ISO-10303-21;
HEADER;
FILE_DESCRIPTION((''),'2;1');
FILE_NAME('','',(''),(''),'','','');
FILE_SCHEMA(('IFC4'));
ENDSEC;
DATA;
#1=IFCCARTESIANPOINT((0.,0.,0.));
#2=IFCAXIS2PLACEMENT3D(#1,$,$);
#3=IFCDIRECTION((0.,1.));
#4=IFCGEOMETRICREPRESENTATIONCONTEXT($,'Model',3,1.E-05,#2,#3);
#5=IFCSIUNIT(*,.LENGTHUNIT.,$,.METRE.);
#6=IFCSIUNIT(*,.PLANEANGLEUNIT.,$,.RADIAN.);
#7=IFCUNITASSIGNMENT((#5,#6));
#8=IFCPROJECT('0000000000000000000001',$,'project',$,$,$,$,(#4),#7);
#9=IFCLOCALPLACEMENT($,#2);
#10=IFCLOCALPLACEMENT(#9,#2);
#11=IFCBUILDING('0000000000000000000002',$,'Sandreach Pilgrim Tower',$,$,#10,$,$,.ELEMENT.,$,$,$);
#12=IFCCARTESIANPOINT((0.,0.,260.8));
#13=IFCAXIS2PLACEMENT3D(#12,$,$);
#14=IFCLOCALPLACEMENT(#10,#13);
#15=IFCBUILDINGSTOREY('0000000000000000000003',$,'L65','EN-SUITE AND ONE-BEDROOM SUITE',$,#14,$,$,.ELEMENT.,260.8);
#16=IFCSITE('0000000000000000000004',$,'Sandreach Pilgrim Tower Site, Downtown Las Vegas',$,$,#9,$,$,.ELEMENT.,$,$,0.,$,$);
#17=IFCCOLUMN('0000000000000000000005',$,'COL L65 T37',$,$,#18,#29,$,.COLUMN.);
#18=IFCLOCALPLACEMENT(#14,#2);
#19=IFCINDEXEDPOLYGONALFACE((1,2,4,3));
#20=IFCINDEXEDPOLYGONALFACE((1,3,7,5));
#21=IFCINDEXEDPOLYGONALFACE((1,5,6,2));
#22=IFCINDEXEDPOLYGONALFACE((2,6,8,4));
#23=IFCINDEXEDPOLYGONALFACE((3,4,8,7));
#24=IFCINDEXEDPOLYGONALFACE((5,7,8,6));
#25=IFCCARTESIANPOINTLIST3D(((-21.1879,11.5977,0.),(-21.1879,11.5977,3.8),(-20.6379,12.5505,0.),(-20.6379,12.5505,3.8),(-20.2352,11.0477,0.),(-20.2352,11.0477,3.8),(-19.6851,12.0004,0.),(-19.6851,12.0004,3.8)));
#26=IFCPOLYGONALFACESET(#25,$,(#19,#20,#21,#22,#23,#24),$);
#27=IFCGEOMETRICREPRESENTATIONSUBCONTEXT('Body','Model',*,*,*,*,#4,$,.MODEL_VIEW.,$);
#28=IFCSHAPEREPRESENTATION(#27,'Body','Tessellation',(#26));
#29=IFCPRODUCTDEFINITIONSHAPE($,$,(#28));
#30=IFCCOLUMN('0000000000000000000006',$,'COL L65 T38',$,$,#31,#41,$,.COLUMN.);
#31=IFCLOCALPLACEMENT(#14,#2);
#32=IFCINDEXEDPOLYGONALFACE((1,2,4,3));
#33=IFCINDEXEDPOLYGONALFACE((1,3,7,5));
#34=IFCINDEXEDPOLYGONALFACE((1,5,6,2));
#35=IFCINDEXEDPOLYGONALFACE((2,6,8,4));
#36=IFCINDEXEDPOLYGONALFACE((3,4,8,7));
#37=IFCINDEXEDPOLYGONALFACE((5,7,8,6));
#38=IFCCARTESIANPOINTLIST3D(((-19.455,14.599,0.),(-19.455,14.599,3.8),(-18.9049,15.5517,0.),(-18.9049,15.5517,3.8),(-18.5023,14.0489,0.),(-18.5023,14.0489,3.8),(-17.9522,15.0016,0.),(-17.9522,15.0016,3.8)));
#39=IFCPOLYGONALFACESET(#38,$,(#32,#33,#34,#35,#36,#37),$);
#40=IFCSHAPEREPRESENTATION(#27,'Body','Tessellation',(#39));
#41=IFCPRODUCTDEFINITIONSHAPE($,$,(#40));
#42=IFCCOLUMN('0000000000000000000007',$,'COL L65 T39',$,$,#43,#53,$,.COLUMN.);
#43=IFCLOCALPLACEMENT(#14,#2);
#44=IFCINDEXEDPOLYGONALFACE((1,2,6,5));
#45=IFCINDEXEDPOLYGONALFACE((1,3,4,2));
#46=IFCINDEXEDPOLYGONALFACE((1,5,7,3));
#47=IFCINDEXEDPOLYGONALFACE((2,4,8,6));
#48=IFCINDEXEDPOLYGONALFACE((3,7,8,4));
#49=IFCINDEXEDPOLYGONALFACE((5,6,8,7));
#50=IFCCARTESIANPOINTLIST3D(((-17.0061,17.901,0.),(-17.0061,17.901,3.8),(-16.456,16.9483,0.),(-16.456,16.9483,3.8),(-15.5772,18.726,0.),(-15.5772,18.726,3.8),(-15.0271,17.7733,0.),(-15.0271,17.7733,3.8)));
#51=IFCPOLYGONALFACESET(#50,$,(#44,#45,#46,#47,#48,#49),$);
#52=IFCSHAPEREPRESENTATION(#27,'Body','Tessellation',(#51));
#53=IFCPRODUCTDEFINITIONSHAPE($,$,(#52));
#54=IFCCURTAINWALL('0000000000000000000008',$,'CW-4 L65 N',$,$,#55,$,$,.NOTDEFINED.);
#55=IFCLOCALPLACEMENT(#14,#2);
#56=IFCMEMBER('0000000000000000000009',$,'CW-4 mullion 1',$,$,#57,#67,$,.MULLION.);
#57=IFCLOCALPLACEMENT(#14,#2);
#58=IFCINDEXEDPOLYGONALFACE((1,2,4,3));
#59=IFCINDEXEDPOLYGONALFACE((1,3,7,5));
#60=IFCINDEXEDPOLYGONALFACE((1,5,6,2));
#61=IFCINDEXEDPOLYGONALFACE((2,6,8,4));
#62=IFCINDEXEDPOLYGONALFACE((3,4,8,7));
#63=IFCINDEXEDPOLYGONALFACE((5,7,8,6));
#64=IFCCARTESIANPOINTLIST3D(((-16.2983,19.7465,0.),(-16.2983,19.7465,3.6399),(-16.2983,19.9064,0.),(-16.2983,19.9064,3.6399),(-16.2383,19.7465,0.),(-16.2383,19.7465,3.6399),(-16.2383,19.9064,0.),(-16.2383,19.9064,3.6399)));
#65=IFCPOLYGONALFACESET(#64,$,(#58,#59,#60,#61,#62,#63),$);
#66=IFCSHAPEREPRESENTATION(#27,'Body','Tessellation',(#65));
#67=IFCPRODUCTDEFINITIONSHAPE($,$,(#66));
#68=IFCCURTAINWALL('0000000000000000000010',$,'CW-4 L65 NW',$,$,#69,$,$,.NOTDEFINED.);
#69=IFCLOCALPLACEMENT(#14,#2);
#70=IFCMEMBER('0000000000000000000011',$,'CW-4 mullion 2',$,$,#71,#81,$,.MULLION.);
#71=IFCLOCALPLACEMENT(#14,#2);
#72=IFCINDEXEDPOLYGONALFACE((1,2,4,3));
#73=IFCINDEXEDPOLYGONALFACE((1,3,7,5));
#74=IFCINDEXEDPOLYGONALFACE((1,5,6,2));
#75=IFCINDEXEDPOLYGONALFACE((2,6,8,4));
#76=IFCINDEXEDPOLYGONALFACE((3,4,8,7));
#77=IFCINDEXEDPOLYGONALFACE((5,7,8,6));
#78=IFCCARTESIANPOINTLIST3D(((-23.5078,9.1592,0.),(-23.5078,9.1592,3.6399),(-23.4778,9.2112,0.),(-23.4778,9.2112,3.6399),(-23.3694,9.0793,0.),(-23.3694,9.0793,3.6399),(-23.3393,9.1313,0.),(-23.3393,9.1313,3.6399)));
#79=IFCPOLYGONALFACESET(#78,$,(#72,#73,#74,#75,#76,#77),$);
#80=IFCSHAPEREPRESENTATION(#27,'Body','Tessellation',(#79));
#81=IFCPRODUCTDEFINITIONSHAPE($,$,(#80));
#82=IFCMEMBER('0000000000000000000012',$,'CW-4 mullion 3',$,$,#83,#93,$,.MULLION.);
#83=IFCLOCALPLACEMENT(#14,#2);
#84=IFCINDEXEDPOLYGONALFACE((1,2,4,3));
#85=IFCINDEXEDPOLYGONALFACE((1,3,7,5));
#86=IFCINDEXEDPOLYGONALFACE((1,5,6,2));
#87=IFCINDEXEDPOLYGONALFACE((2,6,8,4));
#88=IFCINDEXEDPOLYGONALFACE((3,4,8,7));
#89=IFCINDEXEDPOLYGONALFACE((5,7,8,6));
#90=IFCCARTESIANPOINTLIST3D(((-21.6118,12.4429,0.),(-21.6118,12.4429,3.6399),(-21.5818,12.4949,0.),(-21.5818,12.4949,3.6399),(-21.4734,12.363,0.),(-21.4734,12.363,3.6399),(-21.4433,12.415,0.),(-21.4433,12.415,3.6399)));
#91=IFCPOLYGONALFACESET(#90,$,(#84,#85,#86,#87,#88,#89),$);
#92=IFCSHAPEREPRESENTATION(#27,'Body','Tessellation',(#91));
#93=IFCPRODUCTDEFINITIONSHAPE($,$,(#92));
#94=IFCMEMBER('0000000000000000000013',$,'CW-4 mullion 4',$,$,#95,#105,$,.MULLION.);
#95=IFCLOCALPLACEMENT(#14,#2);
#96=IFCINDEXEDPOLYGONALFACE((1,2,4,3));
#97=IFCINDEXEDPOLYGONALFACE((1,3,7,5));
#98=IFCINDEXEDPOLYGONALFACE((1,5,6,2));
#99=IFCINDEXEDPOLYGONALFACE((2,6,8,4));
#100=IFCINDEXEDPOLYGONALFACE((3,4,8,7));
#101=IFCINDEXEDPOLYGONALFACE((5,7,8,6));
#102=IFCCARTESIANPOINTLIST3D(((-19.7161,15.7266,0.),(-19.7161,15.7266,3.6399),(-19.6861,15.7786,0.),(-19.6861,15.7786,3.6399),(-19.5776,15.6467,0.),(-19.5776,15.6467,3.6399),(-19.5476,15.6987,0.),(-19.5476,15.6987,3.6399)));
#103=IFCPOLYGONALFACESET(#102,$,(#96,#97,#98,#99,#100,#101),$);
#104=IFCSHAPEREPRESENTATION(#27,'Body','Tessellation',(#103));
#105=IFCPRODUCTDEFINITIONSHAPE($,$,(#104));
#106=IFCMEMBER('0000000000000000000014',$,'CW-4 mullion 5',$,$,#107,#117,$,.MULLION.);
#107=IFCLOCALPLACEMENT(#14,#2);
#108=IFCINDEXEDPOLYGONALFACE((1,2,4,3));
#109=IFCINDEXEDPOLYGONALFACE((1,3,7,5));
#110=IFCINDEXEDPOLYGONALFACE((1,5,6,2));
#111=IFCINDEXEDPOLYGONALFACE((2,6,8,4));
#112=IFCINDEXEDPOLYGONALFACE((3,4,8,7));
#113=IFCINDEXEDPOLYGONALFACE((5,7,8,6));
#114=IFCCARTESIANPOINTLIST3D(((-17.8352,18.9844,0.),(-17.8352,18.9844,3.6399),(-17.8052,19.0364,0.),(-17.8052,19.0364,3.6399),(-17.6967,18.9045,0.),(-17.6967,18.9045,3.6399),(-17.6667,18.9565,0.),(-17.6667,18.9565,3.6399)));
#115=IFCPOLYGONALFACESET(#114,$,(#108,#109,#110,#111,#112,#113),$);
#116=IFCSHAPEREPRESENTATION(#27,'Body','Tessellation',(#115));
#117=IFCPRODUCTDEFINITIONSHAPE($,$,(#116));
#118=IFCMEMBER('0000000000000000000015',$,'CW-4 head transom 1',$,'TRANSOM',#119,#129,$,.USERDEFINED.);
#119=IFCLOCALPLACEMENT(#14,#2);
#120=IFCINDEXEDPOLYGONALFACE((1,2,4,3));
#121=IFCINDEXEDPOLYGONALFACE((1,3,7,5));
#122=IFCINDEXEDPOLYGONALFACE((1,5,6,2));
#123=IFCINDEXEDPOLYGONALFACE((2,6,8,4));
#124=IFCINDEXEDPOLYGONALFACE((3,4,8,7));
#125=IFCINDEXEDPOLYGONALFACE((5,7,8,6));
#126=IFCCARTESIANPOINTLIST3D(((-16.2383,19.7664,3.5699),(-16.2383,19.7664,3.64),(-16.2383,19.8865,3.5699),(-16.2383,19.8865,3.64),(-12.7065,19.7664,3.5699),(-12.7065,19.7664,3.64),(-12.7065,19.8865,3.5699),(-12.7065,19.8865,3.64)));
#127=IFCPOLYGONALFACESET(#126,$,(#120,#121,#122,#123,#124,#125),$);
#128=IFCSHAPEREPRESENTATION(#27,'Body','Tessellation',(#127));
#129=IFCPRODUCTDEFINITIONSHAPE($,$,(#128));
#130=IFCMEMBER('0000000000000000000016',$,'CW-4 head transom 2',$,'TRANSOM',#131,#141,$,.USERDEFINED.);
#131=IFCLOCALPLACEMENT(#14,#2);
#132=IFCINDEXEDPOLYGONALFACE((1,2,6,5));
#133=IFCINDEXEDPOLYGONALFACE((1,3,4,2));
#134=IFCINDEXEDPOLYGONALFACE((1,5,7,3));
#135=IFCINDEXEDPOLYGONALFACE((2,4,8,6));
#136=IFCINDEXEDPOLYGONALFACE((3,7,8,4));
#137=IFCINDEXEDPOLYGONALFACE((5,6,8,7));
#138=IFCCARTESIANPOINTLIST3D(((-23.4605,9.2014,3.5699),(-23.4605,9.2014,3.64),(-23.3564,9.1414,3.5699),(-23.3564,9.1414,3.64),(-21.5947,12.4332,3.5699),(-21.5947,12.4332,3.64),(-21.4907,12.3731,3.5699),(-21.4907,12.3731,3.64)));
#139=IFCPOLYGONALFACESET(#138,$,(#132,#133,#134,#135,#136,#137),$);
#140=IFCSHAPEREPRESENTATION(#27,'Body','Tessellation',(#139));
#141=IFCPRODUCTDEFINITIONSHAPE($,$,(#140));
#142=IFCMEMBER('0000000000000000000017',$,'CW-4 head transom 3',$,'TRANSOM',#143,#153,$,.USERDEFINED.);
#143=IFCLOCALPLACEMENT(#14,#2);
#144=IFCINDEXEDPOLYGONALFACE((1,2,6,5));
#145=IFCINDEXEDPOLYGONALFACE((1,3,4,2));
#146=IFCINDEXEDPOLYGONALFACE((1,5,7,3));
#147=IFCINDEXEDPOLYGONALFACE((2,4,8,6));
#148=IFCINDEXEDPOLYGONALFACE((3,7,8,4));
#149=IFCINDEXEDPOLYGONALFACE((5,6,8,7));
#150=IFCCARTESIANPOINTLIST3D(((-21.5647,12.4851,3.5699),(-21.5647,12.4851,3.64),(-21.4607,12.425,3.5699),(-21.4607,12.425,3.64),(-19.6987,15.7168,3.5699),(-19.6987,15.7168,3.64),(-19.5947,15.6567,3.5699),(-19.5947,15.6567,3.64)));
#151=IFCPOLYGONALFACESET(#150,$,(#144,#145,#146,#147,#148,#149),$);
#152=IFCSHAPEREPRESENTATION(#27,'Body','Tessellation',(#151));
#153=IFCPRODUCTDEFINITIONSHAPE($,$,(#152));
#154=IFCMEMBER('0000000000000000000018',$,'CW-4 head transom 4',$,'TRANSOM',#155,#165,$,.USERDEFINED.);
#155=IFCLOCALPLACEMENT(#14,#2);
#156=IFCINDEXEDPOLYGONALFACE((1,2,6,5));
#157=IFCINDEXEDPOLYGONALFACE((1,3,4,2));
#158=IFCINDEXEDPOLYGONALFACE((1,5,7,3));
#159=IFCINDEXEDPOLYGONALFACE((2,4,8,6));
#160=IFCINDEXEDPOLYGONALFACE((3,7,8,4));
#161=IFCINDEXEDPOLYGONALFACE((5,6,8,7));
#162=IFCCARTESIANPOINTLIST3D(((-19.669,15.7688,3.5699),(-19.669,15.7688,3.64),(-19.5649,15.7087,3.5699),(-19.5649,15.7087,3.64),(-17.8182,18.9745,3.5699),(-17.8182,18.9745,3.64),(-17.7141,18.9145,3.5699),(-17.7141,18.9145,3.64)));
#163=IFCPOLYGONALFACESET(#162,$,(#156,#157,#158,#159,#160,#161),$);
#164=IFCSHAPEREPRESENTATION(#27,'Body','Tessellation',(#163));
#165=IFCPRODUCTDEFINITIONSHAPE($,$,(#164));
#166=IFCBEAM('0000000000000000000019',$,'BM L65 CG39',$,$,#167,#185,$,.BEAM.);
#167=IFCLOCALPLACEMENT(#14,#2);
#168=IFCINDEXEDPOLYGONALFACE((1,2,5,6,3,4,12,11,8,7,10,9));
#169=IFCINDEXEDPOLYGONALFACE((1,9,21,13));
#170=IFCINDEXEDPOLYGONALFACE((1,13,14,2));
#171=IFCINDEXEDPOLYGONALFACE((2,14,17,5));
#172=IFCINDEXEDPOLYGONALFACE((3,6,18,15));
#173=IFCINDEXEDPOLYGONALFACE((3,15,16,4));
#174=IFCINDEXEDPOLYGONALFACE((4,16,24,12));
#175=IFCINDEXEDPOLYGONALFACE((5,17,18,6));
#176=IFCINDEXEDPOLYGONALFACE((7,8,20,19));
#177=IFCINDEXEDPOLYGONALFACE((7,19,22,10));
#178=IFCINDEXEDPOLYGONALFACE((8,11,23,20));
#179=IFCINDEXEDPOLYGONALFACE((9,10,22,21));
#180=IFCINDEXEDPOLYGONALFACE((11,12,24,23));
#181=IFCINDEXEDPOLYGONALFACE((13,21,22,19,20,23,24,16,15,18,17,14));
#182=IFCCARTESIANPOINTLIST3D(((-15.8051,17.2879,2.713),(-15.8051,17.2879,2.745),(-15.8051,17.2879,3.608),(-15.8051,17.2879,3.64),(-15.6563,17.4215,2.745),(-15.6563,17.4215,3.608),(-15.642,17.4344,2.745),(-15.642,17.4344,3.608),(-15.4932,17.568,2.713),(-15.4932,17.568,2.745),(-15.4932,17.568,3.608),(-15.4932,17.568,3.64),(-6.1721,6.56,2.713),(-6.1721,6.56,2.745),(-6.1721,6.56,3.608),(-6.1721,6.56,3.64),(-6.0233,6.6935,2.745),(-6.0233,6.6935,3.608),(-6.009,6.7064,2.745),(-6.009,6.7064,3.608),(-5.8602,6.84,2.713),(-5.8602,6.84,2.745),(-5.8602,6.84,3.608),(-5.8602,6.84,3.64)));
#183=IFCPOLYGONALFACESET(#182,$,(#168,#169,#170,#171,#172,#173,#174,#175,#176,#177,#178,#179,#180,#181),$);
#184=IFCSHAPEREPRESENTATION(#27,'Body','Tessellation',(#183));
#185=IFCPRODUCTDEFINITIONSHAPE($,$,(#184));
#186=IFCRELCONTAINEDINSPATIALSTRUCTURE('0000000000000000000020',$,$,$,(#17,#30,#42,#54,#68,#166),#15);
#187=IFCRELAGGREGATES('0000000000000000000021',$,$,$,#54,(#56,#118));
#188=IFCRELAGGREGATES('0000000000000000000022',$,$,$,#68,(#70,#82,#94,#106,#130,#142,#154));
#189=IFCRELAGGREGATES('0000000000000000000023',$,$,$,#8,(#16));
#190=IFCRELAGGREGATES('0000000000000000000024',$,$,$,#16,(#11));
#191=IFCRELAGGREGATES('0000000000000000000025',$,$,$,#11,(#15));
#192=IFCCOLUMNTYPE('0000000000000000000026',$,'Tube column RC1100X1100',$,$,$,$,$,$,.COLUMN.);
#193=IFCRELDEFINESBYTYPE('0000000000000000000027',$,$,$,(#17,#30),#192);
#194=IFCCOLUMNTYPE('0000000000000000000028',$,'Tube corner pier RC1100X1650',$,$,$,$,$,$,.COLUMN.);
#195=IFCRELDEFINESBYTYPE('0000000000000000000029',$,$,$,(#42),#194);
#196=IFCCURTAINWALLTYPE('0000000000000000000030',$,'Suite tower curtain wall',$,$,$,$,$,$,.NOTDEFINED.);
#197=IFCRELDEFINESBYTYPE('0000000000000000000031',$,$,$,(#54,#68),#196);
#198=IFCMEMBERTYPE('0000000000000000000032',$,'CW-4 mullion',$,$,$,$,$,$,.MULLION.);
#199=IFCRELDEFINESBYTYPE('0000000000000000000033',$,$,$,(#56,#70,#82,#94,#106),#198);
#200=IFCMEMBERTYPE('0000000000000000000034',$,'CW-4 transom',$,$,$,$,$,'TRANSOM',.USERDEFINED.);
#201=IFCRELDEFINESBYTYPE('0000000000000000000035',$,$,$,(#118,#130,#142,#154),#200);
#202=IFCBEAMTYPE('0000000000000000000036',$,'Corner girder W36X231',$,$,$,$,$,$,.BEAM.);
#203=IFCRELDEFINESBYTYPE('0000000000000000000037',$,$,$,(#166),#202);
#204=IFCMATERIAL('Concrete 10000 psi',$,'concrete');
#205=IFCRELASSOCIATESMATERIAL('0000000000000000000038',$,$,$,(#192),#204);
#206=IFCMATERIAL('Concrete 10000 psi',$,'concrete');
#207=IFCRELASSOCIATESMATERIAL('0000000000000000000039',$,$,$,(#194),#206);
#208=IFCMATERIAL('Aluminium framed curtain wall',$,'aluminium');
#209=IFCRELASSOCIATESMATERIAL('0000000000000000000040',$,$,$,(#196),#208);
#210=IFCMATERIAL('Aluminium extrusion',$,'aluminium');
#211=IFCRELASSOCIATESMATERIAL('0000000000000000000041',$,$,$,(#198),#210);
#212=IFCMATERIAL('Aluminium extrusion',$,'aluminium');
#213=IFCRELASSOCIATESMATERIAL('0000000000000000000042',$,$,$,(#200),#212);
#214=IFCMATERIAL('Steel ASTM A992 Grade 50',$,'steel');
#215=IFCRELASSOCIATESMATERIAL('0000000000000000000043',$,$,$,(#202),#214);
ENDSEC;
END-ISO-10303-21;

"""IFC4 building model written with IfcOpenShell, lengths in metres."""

from ifc_helpers import new_model, si_unit, direction, frame, origin, origin_2d, place, context, subcontext, project, spatial, rectangle, i_section, extrude, material, material_profile, profile_set, type_object, element, aggregate, save


model = new_model("IFC4")

# Units and contexts
model_context = context("Model", 3, precision=1e-05, world=origin(), true_north=direction((0.0, 1.0)))
body_context = subcontext(model_context, "Body", "Model", "MODEL_VIEW")
ifc_project = project(units=[si_unit("LENGTHUNIT", "METRE"), si_unit("PLANEANGLEUNIT", "RADIAN")], contexts=[model_context])

# Site, building, storey
site_placement = place(None, origin())
site = spatial("IfcSite", under=ifc_project, at=site_placement, Name="Sandreach Pilgrim Tower Site, Downtown Las Vegas", CompositionType="ELEMENT", RefElevation=0.0)
building_placement = place(site_placement, origin())
building = spatial("IfcBuilding", under=site, at=building_placement, Name="Sandreach Pilgrim Tower", CompositionType="ELEMENT")
storey_placement = place(building_placement, frame((0.0, 0.0, 260.8)))
storey = spatial("IfcBuildingStorey", under=building, at=storey_placement, Name="L65", Description="EN-SUITE AND ONE-BEDROOM SUITE", CompositionType="ELEMENT", Elevation=260.8)

# Columns
ifc_material_1 = material(Name="Concrete 10000 psi", Category="concrete")
ifc_material_profile_1 = material_profile(ifc_material_1, rectangle(XDim=1.1001, YDim=1.1001, at=origin_2d()), Name="RC1100X1100")
ifc_profile_set_1 = profile_set([ifc_material_profile_1], Name="Concrete 10000 psi")
column_type_1 = type_object("IfcColumnType", Name="Tube column RC1100X1100", PredefinedType="COLUMN", material=ifc_profile_set_1)
for number, where, z_axis, x_axis, name in (
    (1, (-20.4365, 11.7991, 0.0), (0.0, 0.0, 1.0), (-0.866025, 0.5, 0.0), "COL L65 T37"),
    (2, (-18.7036, 14.8003, 0.0), (0.0, 0.0, 1.0), (-0.866025, 0.5, 0.0), "COL L65 T38"),
):
    element("IfcColumn", number, at=place(storey_placement, frame(where, z_axis=z_axis, x_axis=x_axis)), inside=storey, type_object=column_type_1, Name=name, PredefinedType="COLUMN", context=body_context, shape_type="SweptSolid", body=[
        extrude(rectangle(XDim=1.1001, YDim=1.1001, at=origin_2d()), origin(), (0.0, 0.0, 1.0), 3.8),
    ])
ifc_material_2 = material(Name="Concrete 10000 psi", Category="concrete")
ifc_material_profile_2 = material_profile(ifc_material_2, rectangle(XDim=1.1001, YDim=1.6499, at=origin_2d()), Name="RC1100X1650")
ifc_profile_set_2 = profile_set([ifc_material_profile_2], Name="Concrete 10000 psi")
column_type_2 = type_object("IfcColumnType", Name="Tube corner pier RC1100X1650", PredefinedType="COLUMN", material=ifc_profile_set_2)
column_placement = place(storey_placement, frame((-16.0166, 17.8372, 0.0), z_axis=(0.0, 0.0, 1.0), x_axis=(-0.5, 0.866025, 0.0)))
element("IfcColumn", 3, at=column_placement, inside=storey, type_object=column_type_2, Name="COL L65 T39", PredefinedType="COLUMN", context=body_context, shape_type="SweptSolid", body=[
    extrude(rectangle(XDim=1.1001, YDim=1.6499, at=origin_2d()), origin(), (0.0, 0.0, 1.0), 3.8),
])

# Curtain wall, member
ifc_material_3 = material(Name="Aluminium framed curtain wall", Category="aluminium")
curtain_wall_type = type_object("IfcCurtainWallType", Name="Suite tower curtain wall", PredefinedType="NOTDEFINED", material=ifc_material_3)
curtain_wall_1_placement = place(storey_placement, origin())
curtain_wall_1 = element("IfcCurtainWall", 4, at=curtain_wall_1_placement, inside=storey, type_object=curtain_wall_type, Name="CW-4 L65 N", PredefinedType="NOTDEFINED")
ifc_material_4 = material(Name="Aluminium extrusion", Category="aluminium")
ifc_material_profile_3 = material_profile(ifc_material_4, rectangle(XDim=0.0601, YDim=0.1599, at=origin_2d()), Name="CW-4M 60X160")
ifc_profile_set_3 = profile_set([ifc_material_profile_3], Name="Aluminium extrusion")
member_type_1 = type_object("IfcMemberType", Name="CW-4 mullion", PredefinedType="MULLION", material=ifc_profile_set_3)
member_1_placement = place(storey_placement, frame((-16.2683, 19.8264, 0.0), z_axis=(0.0, 0.0, 1.0), x_axis=(1.0, 0.0, 0.0)))
member_1 = element("IfcMember", 5, at=member_1_placement, type_object=member_type_1, Name="CW-4 mullion 1", PredefinedType="MULLION", context=body_context, shape_type="SweptSolid", body=[
    extrude(rectangle(XDim=0.0601, YDim=0.1599, at=origin_2d()), origin(), (0.0, 0.0, 1.0), 3.6399),
])

# Curtain wall, members
curtain_wall_2_placement = place(storey_placement, origin())
curtain_wall_2 = element("IfcCurtainWall", 6, at=curtain_wall_2_placement, inside=storey, type_object=curtain_wall_type, Name="CW-4 L65 NW", PredefinedType="NOTDEFINED")
member_2_placement = place(storey_placement, frame((-23.4236, 9.1453, 0.0), z_axis=(0.0, 0.0, 1.0), x_axis=(0.5, 0.866025, 0.0)))
member_2 = element("IfcMember", 7, at=member_2_placement, type_object=member_type_1, Name="CW-4 mullion 2", PredefinedType="MULLION", context=body_context, shape_type="SweptSolid", body=[
    extrude(rectangle(XDim=0.0601, YDim=0.1599, at=origin_2d()), origin(), (0.0, 0.0, 1.0), 3.6399),
])
member_3_placement = place(storey_placement, frame((-21.5276, 12.429, 0.0), z_axis=(0.0, 0.0, 1.0), x_axis=(0.5, 0.866025, 0.0)))
member_3 = element("IfcMember", 8, at=member_3_placement, type_object=member_type_1, Name="CW-4 mullion 3", PredefinedType="MULLION", context=body_context, shape_type="SweptSolid", body=[
    extrude(rectangle(XDim=0.0601, YDim=0.1599, at=origin_2d()), origin(), (0.0, 0.0, 1.0), 3.6399),
])
member_4_placement = place(storey_placement, frame((-19.6318, 15.7126, 0.0), z_axis=(0.0, 0.0, 1.0), x_axis=(0.5, 0.866025, 0.0)))
member_4 = element("IfcMember", 9, at=member_4_placement, type_object=member_type_1, Name="CW-4 mullion 4", PredefinedType="MULLION", context=body_context, shape_type="SweptSolid", body=[
    extrude(rectangle(XDim=0.0601, YDim=0.1599, at=origin_2d()), origin(), (0.0, 0.0, 1.0), 3.6399),
])
member_5_placement = place(storey_placement, frame((-17.751, 18.9705, 0.0), z_axis=(0.0, 0.0, 1.0), x_axis=(0.5, 0.866025, 0.0)))
member_5 = element("IfcMember", 10, at=member_5_placement, type_object=member_type_1, Name="CW-4 mullion 5", PredefinedType="MULLION", context=body_context, shape_type="SweptSolid", body=[
    extrude(rectangle(XDim=0.0601, YDim=0.1599, at=origin_2d()), origin(), (0.0, 0.0, 1.0), 3.6399),
])

# Members
ifc_material_5 = material(Name="Aluminium extrusion", Category="aluminium")
ifc_material_profile_4 = material_profile(ifc_material_5, rectangle(XDim=0.1201, YDim=0.0701, at=origin_2d()), Name="CW-4T 120X70")
ifc_profile_set_4 = profile_set([ifc_material_profile_4], Name="Aluminium extrusion")
member_type_2 = type_object("IfcMemberType", Name="CW-4 transom", ElementType="TRANSOM", PredefinedType="USERDEFINED", material=ifc_profile_set_4)
member_6_placement = place(storey_placement, frame((-16.2383, 19.8264, 3.605), z_axis=(1.0, 0.0, 0.0), x_axis=(0.0, 1.0, 0.0)))
member_6 = element("IfcMember", 11, at=member_6_placement, type_object=member_type_2, Name="CW-4 head transom 1", ObjectType="TRANSOM", PredefinedType="USERDEFINED", context=body_context, shape_type="SweptSolid", body=[
    extrude(rectangle(XDim=0.1201, YDim=0.0701, at=origin_2d()), origin(), (0.0, 0.0, 1.0), 3.5317),
])
member_7_placement = place(storey_placement, frame((-23.4084, 9.1714, 3.605), z_axis=(0.499981, 0.866036, 0.0), x_axis=(-0.866036, 0.499981, 0.0)))
member_7 = element("IfcMember", 12, at=member_7_placement, type_object=member_type_2, Name="CW-4 head transom 2", ObjectType="TRANSOM", PredefinedType="USERDEFINED", context=body_context, shape_type="SweptSolid", body=[
    extrude(rectangle(XDim=0.1201, YDim=0.0701, at=origin_2d()), origin(), (0.0, 0.0, 1.0), 3.7317),
])
member_8_placement = place(storey_placement, frame((-21.5127, 12.4551, 3.605), z_axis=(0.50003, 0.866008, 0.0), x_axis=(-0.866008, 0.50003, 0.0)))
member_8 = element("IfcMember", 13, at=member_8_placement, type_object=member_type_2, Name="CW-4 head transom 3", ObjectType="TRANSOM", PredefinedType="USERDEFINED", context=body_context, shape_type="SweptSolid", body=[
    extrude(rectangle(XDim=0.1201, YDim=0.0701, at=origin_2d()), origin(), (0.0, 0.0, 1.0), 3.7317),
])
member_9_placement = place(storey_placement, frame((-19.6169, 15.7388, 3.605), z_axis=(0.499991, 0.866031, 0.0), x_axis=(-0.866031, 0.499991, 0.0)))
member_9 = element("IfcMember", 14, at=member_9_placement, type_object=member_type_2, Name="CW-4 head transom 4", ObjectType="TRANSOM", PredefinedType="USERDEFINED", context=body_context, shape_type="SweptSolid", body=[
    extrude(rectangle(XDim=0.1201, YDim=0.0701, at=origin_2d()), origin(), (0.0, 0.0, 1.0), 3.7017),
])

# Beam
ifc_material_6 = material(Name="Steel ASTM A992 Grade 50", Category="steel")
ifc_material_profile_5 = material_profile(ifc_material_6, i_section(OverallWidth=0.4192, OverallDepth=0.927, WebThickness=0.0193, FlangeThickness=0.032, at=origin_2d()), Name="W36X231")
ifc_profile_set_5 = profile_set([ifc_material_profile_5], Name="Steel ASTM A992 Grade 50")
beam_type_1 = type_object("IfcBeamType", Name="Corner girder W36X231", PredefinedType="BEAM", material=ifc_profile_set_5)
beam_1_placement = place(storey_placement, frame((-15.6492, 17.428, 3.1765), z_axis=(0.668115, -0.744058, 0.0), x_axis=(0.744058, 0.668115, 0.0)))
element("IfcBeam", 15, at=beam_1_placement, inside=storey, type_object=beam_type_1, Name="BM L65 CG39", PredefinedType="BEAM", context=body_context, shape_type="SweptSolid", body=[
    extrude(i_section(OverallWidth=0.4192, OverallDepth=0.927, WebThickness=0.0193, FlangeThickness=0.032, at=origin_2d()), origin(), (0.0, 0.0, 1.0), 14.4182),
])

aggregate(curtain_wall_1, [member_1, member_6])
aggregate(curtain_wall_2, [member_2, member_3, member_4, member_5, member_7, member_8, member_9])

save(model, "model.ifc")
